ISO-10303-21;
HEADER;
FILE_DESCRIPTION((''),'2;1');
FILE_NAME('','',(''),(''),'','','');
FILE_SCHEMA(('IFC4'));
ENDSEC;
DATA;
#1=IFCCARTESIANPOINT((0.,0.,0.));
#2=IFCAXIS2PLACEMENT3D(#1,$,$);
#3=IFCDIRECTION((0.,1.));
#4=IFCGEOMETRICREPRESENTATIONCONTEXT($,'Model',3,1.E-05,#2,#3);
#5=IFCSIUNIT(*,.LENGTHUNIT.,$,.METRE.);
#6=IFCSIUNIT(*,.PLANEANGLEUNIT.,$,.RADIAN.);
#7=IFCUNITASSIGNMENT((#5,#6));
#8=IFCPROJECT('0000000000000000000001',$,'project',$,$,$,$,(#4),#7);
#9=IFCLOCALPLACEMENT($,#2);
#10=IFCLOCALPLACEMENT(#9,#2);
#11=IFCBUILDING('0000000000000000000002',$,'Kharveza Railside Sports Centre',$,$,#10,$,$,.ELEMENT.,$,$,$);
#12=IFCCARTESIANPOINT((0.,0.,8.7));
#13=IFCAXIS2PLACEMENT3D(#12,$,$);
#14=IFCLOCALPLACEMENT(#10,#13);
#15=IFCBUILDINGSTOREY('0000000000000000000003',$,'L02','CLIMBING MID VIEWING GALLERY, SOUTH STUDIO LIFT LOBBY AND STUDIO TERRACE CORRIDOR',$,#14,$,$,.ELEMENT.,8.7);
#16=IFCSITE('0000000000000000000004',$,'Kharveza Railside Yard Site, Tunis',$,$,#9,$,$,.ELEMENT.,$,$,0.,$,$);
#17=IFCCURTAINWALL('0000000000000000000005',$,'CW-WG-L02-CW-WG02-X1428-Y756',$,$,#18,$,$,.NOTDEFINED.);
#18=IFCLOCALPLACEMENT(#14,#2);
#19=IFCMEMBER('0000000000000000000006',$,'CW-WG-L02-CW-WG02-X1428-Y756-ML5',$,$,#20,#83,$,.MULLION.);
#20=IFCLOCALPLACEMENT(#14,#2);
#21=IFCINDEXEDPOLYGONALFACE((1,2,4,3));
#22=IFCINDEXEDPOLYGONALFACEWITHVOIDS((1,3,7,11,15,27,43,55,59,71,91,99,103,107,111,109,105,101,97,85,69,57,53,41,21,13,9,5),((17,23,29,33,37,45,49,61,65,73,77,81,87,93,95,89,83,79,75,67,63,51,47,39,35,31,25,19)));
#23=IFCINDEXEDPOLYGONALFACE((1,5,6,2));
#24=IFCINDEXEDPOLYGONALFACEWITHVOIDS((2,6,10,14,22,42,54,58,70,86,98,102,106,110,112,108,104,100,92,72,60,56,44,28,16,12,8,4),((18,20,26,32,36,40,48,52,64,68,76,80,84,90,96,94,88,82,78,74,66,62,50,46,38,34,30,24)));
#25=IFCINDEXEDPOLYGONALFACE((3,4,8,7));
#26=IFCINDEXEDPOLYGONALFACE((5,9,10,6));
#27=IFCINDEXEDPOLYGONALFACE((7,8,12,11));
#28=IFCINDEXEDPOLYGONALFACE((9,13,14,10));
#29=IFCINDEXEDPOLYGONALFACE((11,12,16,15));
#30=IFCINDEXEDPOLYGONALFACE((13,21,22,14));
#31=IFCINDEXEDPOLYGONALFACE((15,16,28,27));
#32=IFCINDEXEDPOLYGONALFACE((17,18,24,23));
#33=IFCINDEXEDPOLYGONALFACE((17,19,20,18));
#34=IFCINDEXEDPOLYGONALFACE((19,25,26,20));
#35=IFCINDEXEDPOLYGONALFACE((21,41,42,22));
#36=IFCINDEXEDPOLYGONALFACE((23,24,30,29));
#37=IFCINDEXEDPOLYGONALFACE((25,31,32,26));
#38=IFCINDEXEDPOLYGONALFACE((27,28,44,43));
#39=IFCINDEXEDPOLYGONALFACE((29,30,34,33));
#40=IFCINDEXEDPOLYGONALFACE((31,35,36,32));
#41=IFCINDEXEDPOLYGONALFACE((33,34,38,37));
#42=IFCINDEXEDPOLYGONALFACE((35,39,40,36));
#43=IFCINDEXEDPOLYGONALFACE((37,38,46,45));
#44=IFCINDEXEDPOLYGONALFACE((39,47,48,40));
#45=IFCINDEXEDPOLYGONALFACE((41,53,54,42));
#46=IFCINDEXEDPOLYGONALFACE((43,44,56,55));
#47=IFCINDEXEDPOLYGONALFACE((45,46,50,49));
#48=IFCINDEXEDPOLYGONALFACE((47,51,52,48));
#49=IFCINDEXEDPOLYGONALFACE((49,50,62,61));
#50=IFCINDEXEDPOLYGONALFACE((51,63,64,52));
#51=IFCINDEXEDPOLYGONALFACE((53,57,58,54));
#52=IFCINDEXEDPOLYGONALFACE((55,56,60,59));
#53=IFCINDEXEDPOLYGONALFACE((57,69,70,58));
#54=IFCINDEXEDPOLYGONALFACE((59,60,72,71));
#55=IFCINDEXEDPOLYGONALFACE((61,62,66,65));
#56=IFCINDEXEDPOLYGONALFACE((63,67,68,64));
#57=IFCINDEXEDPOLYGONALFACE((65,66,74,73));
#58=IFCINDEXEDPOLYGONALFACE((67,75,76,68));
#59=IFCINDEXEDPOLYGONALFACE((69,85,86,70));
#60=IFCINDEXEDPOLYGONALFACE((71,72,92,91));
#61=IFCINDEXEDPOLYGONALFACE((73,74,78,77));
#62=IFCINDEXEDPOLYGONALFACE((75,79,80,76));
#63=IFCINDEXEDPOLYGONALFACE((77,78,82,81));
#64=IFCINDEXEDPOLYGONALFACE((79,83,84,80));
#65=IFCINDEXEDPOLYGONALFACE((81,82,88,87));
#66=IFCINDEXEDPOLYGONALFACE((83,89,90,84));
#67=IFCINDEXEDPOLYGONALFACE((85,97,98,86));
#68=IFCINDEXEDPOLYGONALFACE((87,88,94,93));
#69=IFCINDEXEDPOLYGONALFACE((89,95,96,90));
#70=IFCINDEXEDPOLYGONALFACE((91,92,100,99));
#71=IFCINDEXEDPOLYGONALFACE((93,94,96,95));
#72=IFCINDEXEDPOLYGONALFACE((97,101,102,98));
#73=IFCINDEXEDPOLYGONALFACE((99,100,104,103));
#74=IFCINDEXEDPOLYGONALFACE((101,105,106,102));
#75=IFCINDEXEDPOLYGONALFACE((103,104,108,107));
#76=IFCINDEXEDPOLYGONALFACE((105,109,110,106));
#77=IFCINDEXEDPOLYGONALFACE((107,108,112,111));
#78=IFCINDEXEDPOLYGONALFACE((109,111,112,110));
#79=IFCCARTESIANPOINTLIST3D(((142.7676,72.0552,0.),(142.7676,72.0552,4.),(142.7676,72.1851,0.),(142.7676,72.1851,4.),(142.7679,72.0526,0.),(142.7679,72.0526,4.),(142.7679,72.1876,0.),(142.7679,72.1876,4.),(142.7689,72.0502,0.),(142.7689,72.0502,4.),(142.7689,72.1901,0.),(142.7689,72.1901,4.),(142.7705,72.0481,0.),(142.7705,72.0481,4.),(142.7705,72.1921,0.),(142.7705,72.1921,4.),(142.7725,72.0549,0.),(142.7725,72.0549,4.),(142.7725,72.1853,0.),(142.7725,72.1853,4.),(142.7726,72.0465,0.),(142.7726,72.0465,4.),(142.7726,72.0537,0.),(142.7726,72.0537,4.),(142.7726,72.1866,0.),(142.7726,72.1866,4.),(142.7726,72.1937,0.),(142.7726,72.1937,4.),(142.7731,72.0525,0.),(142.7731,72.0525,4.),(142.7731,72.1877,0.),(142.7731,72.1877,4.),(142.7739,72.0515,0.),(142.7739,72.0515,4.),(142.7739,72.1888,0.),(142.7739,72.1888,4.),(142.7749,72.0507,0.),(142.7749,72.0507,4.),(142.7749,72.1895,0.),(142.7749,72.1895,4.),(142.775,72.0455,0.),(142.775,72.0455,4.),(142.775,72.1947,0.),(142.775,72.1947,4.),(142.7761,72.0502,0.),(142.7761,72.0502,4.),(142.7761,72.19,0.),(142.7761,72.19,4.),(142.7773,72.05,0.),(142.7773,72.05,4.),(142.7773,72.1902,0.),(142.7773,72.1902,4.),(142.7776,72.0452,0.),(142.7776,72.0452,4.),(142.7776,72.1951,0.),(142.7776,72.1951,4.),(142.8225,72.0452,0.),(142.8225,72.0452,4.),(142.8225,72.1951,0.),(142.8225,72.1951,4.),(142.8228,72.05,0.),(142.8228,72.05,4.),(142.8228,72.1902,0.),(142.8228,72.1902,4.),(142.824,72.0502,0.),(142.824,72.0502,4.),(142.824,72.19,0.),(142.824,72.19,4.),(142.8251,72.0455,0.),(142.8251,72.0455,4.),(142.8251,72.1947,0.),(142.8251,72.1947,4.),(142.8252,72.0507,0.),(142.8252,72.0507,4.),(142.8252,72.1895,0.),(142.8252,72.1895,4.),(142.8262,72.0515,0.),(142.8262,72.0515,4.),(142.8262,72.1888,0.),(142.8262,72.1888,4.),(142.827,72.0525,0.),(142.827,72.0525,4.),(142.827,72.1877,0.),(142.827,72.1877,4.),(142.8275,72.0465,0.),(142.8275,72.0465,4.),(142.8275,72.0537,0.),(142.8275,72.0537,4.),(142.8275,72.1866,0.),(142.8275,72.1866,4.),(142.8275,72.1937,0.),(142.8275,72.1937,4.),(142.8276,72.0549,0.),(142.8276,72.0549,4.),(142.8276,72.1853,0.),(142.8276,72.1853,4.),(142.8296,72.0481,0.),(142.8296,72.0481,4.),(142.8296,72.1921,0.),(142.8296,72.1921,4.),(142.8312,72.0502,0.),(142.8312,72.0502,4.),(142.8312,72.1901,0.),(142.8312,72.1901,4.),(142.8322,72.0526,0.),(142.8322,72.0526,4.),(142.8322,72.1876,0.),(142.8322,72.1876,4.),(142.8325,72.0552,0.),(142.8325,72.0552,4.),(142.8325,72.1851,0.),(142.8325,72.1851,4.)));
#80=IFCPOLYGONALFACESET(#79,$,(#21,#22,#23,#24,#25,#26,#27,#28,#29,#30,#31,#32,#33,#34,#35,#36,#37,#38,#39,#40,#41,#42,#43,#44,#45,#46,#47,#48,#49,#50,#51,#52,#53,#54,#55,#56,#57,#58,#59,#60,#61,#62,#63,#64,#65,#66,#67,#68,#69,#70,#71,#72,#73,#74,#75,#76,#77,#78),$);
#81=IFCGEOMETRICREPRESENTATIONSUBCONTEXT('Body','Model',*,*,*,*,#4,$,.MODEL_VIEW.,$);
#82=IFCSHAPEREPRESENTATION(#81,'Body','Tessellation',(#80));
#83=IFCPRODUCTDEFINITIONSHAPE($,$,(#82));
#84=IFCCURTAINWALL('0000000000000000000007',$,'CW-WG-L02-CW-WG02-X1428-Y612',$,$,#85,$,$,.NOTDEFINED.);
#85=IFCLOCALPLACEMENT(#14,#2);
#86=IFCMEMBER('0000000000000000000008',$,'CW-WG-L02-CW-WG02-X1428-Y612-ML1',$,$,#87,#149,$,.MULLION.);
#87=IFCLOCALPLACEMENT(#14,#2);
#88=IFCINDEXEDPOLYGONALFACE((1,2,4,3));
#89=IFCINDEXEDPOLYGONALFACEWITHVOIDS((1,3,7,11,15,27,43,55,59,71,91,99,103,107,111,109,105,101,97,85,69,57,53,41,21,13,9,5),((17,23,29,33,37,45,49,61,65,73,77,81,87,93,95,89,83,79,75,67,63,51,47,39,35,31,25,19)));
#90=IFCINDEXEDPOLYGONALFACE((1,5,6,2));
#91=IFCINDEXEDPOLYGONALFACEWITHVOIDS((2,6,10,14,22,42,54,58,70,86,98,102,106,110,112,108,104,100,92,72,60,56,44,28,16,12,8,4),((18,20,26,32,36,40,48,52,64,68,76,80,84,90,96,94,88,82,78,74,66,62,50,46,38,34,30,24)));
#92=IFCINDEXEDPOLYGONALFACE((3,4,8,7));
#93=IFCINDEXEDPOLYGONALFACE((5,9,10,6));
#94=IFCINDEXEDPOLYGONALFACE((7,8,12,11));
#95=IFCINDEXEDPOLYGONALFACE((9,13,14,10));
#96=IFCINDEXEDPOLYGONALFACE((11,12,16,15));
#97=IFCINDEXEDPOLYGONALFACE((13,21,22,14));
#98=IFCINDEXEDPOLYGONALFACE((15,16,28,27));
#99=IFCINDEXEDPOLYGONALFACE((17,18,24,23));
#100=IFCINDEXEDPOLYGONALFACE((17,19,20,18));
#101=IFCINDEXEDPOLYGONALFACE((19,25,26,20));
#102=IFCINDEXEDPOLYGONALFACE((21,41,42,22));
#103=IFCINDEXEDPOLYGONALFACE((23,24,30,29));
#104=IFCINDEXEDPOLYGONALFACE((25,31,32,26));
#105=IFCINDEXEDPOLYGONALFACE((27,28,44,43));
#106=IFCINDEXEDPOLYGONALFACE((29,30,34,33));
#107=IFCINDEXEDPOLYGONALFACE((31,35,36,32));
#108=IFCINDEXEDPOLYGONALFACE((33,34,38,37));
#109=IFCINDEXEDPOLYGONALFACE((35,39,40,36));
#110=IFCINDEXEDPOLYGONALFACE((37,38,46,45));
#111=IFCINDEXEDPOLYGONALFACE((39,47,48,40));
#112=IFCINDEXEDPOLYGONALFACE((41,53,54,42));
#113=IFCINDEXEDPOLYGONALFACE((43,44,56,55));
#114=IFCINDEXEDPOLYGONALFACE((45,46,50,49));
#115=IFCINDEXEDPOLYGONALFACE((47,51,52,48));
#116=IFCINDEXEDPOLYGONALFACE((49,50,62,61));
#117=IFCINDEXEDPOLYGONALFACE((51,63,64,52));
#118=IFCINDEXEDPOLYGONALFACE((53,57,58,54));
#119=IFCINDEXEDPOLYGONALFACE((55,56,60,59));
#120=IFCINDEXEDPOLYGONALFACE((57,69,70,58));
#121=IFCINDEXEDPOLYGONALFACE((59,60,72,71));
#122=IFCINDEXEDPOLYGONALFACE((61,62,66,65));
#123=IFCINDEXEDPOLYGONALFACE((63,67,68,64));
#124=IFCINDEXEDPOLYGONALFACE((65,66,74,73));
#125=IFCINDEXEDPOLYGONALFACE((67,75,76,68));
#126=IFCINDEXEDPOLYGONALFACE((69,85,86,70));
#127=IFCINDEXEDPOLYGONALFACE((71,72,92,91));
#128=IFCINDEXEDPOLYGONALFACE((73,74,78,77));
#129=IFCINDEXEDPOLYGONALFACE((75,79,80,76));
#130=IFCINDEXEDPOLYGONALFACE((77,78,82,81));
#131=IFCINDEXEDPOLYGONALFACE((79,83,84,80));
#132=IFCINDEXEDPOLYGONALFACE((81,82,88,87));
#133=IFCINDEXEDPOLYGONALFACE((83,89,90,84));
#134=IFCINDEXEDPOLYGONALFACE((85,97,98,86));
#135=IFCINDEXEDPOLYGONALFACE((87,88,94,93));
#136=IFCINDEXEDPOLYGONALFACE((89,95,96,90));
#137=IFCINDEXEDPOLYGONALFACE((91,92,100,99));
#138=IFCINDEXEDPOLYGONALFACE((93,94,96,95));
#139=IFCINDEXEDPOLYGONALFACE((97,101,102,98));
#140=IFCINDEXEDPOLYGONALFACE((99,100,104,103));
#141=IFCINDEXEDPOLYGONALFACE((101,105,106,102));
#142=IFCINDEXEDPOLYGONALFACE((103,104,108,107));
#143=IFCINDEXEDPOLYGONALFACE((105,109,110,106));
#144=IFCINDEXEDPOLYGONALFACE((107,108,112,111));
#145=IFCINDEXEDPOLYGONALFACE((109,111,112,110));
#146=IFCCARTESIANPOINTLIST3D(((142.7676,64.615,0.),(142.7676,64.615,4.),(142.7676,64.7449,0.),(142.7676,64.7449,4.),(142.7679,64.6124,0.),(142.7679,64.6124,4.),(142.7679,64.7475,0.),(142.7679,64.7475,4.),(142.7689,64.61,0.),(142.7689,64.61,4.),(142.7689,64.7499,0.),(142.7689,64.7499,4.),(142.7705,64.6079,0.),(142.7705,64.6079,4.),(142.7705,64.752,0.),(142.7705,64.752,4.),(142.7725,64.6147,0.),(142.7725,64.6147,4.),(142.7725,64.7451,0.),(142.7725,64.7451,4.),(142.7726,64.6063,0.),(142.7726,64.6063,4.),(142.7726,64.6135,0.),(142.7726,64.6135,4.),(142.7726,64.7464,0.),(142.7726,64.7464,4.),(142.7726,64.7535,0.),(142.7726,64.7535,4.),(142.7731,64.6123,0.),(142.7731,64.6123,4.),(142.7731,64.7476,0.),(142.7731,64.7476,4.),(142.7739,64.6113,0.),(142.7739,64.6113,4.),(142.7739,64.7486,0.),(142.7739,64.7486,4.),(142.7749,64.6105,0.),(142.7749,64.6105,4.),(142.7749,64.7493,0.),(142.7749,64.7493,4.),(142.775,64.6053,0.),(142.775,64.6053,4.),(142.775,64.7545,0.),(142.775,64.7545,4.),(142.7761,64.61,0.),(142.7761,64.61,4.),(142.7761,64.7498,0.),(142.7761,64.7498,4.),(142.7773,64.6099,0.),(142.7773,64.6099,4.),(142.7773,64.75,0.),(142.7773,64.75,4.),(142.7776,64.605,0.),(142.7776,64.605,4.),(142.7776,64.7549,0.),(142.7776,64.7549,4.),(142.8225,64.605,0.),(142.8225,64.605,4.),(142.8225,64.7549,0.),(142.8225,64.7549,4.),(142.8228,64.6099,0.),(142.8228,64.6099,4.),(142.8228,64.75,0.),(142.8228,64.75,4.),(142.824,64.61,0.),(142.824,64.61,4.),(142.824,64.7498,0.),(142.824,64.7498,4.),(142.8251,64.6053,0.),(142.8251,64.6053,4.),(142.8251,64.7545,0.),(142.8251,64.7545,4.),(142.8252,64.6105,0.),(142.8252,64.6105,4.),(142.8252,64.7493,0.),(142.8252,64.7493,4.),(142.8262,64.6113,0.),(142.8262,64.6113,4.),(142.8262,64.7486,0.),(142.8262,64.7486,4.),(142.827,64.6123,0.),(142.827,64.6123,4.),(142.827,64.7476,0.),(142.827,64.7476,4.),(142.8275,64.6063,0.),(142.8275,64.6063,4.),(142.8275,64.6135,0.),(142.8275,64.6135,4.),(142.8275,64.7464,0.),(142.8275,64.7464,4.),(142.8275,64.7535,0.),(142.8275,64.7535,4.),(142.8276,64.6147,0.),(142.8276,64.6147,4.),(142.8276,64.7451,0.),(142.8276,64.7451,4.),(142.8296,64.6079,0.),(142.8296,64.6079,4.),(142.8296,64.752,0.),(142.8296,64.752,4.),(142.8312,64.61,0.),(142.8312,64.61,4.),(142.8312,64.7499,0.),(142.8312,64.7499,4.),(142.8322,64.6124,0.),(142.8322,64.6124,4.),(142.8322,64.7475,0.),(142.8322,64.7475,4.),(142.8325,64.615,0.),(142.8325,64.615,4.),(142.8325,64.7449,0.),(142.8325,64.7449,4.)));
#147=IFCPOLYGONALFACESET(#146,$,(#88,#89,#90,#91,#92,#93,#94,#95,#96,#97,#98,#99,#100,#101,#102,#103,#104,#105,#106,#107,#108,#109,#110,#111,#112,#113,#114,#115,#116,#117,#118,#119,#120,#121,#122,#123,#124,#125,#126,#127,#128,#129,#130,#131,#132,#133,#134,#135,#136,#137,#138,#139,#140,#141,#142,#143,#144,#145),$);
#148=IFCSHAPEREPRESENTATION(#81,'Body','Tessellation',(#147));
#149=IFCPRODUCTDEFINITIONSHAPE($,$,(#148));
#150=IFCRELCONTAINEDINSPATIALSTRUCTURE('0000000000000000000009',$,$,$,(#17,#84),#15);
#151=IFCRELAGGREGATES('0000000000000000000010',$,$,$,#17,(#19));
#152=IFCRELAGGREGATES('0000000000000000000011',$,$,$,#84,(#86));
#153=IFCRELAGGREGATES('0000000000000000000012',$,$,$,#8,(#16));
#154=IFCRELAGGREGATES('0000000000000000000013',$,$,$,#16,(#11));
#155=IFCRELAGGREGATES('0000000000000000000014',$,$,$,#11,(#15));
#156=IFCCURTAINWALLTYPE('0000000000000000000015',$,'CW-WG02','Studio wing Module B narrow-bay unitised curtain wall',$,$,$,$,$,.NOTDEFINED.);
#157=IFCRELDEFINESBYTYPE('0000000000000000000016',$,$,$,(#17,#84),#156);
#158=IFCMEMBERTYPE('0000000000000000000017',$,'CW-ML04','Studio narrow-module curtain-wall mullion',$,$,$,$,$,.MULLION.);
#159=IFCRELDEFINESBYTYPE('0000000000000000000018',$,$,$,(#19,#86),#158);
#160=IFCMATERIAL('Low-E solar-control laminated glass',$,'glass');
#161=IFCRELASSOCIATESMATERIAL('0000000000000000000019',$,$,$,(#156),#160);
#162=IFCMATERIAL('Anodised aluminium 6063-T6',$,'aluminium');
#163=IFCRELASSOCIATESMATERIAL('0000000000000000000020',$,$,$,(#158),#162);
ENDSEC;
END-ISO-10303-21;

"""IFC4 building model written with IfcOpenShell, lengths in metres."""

from ifc_helpers import new_model, si_unit, direction, frame, origin, origin_2d, place, context, subcontext, project, spatial, hollow_rectangle, extrude, material, material_profile, profile_set, type_object, element, aggregate, save


model = new_model("IFC4")

# Units and contexts
model_context = context("Model", 3, precision=1e-05, world=origin(), true_north=direction((0.0, 1.0)))
body_context = subcontext(model_context, "Body", "Model", "MODEL_VIEW")
ifc_project = project(units=[si_unit("LENGTHUNIT", "METRE"), si_unit("PLANEANGLEUNIT", "RADIAN")], contexts=[model_context])

# Site, building, storey
site_placement = place(None, origin())
site = spatial("IfcSite", under=ifc_project, at=site_placement, Name="Kharveza Railside Yard Site, Tunis", CompositionType="ELEMENT", RefElevation=0.0)
building_placement = place(site_placement, origin())
building = spatial("IfcBuilding", under=site, at=building_placement, Name="Kharveza Railside Sports Centre", CompositionType="ELEMENT")
storey_placement = place(building_placement, frame((0.0, 0.0, 8.7)))
storey = spatial("IfcBuildingStorey", under=building, at=storey_placement, Name="L02", Description="CLIMBING MID VIEWING GALLERY, SOUTH STUDIO LIFT LOBBY AND STUDIO TERRACE CORRIDOR", CompositionType="ELEMENT", Elevation=8.7)

# Curtain wall, member
ifc_material_1 = material(Name="Low-E solar-control laminated glass", Category="glass")
curtain_wall_type = type_object("IfcCurtainWallType", Name="CW-WG02", Description="Studio wing Module B narrow-bay unitised curtain wall", PredefinedType="NOTDEFINED", material=ifc_material_1)
curtain_wall_1_placement = place(storey_placement, origin())
curtain_wall_1 = element("IfcCurtainWall", 1, at=curtain_wall_1_placement, inside=storey, type_object=curtain_wall_type, Name="CW-WG-L02-CW-WG02-X1428-Y756", PredefinedType="NOTDEFINED")
ifc_material_2 = material(Name="Anodised aluminium 6063-T6", Category="aluminium")
ifc_material_profile_1 = material_profile(ifc_material_2, hollow_rectangle(XDim=0.0649, YDim=0.1499, WallThickness=0.0049, InnerFilletRadius=0.0049, OuterFilletRadius=0.01, at=origin_2d()), Name="RHS 65x150x5.0")
ifc_profile_set_1 = profile_set([ifc_material_profile_1], Name="Anodised aluminium 6063-T6")
member_type_1 = type_object("IfcMemberType", Name="CW-ML04", Description="Studio narrow-module curtain-wall mullion", PredefinedType="MULLION", material=ifc_profile_set_1)
member_1_placement = place(storey_placement, frame((142.8, 72.1201, 0.0), z_axis=(0.0, 0.0, 1.0), x_axis=(1.0, 0.0, 0.0)))
member_1 = element("IfcMember", 2, at=member_1_placement, type_object=member_type_1, Name="CW-WG-L02-CW-WG02-X1428-Y756-ML5", PredefinedType="MULLION", context=body_context, shape_type="SweptSolid", body=[
    extrude(hollow_rectangle(XDim=0.0649, YDim=0.1499, WallThickness=0.0049, InnerFilletRadius=0.0049, OuterFilletRadius=0.01, at=origin_2d()), origin(), (0.0, 0.0, 1.0), 4.0),
])

# Curtain wall, member
curtain_wall_2_placement = place(storey_placement, origin())
curtain_wall_2 = element("IfcCurtainWall", 3, at=curtain_wall_2_placement, inside=storey, type_object=curtain_wall_type, Name="CW-WG-L02-CW-WG02-X1428-Y612", PredefinedType="NOTDEFINED")
member_2_placement = place(storey_placement, frame((142.8, 64.6799, 0.0), z_axis=(0.0, 0.0, 1.0), x_axis=(1.0, 0.0, 0.0)))
member_2 = element("IfcMember", 4, at=member_2_placement, type_object=member_type_1, Name="CW-WG-L02-CW-WG02-X1428-Y612-ML1", PredefinedType="MULLION", context=body_context, shape_type="SweptSolid", body=[
    extrude(hollow_rectangle(XDim=0.0649, YDim=0.1499, WallThickness=0.0049, InnerFilletRadius=0.0049, OuterFilletRadius=0.01, at=origin_2d()), origin(), (0.0, 0.0, 1.0), 4.0),
])

aggregate(curtain_wall_1, [member_1])
aggregate(curtain_wall_2, [member_2])

save(model, "model.ifc")
